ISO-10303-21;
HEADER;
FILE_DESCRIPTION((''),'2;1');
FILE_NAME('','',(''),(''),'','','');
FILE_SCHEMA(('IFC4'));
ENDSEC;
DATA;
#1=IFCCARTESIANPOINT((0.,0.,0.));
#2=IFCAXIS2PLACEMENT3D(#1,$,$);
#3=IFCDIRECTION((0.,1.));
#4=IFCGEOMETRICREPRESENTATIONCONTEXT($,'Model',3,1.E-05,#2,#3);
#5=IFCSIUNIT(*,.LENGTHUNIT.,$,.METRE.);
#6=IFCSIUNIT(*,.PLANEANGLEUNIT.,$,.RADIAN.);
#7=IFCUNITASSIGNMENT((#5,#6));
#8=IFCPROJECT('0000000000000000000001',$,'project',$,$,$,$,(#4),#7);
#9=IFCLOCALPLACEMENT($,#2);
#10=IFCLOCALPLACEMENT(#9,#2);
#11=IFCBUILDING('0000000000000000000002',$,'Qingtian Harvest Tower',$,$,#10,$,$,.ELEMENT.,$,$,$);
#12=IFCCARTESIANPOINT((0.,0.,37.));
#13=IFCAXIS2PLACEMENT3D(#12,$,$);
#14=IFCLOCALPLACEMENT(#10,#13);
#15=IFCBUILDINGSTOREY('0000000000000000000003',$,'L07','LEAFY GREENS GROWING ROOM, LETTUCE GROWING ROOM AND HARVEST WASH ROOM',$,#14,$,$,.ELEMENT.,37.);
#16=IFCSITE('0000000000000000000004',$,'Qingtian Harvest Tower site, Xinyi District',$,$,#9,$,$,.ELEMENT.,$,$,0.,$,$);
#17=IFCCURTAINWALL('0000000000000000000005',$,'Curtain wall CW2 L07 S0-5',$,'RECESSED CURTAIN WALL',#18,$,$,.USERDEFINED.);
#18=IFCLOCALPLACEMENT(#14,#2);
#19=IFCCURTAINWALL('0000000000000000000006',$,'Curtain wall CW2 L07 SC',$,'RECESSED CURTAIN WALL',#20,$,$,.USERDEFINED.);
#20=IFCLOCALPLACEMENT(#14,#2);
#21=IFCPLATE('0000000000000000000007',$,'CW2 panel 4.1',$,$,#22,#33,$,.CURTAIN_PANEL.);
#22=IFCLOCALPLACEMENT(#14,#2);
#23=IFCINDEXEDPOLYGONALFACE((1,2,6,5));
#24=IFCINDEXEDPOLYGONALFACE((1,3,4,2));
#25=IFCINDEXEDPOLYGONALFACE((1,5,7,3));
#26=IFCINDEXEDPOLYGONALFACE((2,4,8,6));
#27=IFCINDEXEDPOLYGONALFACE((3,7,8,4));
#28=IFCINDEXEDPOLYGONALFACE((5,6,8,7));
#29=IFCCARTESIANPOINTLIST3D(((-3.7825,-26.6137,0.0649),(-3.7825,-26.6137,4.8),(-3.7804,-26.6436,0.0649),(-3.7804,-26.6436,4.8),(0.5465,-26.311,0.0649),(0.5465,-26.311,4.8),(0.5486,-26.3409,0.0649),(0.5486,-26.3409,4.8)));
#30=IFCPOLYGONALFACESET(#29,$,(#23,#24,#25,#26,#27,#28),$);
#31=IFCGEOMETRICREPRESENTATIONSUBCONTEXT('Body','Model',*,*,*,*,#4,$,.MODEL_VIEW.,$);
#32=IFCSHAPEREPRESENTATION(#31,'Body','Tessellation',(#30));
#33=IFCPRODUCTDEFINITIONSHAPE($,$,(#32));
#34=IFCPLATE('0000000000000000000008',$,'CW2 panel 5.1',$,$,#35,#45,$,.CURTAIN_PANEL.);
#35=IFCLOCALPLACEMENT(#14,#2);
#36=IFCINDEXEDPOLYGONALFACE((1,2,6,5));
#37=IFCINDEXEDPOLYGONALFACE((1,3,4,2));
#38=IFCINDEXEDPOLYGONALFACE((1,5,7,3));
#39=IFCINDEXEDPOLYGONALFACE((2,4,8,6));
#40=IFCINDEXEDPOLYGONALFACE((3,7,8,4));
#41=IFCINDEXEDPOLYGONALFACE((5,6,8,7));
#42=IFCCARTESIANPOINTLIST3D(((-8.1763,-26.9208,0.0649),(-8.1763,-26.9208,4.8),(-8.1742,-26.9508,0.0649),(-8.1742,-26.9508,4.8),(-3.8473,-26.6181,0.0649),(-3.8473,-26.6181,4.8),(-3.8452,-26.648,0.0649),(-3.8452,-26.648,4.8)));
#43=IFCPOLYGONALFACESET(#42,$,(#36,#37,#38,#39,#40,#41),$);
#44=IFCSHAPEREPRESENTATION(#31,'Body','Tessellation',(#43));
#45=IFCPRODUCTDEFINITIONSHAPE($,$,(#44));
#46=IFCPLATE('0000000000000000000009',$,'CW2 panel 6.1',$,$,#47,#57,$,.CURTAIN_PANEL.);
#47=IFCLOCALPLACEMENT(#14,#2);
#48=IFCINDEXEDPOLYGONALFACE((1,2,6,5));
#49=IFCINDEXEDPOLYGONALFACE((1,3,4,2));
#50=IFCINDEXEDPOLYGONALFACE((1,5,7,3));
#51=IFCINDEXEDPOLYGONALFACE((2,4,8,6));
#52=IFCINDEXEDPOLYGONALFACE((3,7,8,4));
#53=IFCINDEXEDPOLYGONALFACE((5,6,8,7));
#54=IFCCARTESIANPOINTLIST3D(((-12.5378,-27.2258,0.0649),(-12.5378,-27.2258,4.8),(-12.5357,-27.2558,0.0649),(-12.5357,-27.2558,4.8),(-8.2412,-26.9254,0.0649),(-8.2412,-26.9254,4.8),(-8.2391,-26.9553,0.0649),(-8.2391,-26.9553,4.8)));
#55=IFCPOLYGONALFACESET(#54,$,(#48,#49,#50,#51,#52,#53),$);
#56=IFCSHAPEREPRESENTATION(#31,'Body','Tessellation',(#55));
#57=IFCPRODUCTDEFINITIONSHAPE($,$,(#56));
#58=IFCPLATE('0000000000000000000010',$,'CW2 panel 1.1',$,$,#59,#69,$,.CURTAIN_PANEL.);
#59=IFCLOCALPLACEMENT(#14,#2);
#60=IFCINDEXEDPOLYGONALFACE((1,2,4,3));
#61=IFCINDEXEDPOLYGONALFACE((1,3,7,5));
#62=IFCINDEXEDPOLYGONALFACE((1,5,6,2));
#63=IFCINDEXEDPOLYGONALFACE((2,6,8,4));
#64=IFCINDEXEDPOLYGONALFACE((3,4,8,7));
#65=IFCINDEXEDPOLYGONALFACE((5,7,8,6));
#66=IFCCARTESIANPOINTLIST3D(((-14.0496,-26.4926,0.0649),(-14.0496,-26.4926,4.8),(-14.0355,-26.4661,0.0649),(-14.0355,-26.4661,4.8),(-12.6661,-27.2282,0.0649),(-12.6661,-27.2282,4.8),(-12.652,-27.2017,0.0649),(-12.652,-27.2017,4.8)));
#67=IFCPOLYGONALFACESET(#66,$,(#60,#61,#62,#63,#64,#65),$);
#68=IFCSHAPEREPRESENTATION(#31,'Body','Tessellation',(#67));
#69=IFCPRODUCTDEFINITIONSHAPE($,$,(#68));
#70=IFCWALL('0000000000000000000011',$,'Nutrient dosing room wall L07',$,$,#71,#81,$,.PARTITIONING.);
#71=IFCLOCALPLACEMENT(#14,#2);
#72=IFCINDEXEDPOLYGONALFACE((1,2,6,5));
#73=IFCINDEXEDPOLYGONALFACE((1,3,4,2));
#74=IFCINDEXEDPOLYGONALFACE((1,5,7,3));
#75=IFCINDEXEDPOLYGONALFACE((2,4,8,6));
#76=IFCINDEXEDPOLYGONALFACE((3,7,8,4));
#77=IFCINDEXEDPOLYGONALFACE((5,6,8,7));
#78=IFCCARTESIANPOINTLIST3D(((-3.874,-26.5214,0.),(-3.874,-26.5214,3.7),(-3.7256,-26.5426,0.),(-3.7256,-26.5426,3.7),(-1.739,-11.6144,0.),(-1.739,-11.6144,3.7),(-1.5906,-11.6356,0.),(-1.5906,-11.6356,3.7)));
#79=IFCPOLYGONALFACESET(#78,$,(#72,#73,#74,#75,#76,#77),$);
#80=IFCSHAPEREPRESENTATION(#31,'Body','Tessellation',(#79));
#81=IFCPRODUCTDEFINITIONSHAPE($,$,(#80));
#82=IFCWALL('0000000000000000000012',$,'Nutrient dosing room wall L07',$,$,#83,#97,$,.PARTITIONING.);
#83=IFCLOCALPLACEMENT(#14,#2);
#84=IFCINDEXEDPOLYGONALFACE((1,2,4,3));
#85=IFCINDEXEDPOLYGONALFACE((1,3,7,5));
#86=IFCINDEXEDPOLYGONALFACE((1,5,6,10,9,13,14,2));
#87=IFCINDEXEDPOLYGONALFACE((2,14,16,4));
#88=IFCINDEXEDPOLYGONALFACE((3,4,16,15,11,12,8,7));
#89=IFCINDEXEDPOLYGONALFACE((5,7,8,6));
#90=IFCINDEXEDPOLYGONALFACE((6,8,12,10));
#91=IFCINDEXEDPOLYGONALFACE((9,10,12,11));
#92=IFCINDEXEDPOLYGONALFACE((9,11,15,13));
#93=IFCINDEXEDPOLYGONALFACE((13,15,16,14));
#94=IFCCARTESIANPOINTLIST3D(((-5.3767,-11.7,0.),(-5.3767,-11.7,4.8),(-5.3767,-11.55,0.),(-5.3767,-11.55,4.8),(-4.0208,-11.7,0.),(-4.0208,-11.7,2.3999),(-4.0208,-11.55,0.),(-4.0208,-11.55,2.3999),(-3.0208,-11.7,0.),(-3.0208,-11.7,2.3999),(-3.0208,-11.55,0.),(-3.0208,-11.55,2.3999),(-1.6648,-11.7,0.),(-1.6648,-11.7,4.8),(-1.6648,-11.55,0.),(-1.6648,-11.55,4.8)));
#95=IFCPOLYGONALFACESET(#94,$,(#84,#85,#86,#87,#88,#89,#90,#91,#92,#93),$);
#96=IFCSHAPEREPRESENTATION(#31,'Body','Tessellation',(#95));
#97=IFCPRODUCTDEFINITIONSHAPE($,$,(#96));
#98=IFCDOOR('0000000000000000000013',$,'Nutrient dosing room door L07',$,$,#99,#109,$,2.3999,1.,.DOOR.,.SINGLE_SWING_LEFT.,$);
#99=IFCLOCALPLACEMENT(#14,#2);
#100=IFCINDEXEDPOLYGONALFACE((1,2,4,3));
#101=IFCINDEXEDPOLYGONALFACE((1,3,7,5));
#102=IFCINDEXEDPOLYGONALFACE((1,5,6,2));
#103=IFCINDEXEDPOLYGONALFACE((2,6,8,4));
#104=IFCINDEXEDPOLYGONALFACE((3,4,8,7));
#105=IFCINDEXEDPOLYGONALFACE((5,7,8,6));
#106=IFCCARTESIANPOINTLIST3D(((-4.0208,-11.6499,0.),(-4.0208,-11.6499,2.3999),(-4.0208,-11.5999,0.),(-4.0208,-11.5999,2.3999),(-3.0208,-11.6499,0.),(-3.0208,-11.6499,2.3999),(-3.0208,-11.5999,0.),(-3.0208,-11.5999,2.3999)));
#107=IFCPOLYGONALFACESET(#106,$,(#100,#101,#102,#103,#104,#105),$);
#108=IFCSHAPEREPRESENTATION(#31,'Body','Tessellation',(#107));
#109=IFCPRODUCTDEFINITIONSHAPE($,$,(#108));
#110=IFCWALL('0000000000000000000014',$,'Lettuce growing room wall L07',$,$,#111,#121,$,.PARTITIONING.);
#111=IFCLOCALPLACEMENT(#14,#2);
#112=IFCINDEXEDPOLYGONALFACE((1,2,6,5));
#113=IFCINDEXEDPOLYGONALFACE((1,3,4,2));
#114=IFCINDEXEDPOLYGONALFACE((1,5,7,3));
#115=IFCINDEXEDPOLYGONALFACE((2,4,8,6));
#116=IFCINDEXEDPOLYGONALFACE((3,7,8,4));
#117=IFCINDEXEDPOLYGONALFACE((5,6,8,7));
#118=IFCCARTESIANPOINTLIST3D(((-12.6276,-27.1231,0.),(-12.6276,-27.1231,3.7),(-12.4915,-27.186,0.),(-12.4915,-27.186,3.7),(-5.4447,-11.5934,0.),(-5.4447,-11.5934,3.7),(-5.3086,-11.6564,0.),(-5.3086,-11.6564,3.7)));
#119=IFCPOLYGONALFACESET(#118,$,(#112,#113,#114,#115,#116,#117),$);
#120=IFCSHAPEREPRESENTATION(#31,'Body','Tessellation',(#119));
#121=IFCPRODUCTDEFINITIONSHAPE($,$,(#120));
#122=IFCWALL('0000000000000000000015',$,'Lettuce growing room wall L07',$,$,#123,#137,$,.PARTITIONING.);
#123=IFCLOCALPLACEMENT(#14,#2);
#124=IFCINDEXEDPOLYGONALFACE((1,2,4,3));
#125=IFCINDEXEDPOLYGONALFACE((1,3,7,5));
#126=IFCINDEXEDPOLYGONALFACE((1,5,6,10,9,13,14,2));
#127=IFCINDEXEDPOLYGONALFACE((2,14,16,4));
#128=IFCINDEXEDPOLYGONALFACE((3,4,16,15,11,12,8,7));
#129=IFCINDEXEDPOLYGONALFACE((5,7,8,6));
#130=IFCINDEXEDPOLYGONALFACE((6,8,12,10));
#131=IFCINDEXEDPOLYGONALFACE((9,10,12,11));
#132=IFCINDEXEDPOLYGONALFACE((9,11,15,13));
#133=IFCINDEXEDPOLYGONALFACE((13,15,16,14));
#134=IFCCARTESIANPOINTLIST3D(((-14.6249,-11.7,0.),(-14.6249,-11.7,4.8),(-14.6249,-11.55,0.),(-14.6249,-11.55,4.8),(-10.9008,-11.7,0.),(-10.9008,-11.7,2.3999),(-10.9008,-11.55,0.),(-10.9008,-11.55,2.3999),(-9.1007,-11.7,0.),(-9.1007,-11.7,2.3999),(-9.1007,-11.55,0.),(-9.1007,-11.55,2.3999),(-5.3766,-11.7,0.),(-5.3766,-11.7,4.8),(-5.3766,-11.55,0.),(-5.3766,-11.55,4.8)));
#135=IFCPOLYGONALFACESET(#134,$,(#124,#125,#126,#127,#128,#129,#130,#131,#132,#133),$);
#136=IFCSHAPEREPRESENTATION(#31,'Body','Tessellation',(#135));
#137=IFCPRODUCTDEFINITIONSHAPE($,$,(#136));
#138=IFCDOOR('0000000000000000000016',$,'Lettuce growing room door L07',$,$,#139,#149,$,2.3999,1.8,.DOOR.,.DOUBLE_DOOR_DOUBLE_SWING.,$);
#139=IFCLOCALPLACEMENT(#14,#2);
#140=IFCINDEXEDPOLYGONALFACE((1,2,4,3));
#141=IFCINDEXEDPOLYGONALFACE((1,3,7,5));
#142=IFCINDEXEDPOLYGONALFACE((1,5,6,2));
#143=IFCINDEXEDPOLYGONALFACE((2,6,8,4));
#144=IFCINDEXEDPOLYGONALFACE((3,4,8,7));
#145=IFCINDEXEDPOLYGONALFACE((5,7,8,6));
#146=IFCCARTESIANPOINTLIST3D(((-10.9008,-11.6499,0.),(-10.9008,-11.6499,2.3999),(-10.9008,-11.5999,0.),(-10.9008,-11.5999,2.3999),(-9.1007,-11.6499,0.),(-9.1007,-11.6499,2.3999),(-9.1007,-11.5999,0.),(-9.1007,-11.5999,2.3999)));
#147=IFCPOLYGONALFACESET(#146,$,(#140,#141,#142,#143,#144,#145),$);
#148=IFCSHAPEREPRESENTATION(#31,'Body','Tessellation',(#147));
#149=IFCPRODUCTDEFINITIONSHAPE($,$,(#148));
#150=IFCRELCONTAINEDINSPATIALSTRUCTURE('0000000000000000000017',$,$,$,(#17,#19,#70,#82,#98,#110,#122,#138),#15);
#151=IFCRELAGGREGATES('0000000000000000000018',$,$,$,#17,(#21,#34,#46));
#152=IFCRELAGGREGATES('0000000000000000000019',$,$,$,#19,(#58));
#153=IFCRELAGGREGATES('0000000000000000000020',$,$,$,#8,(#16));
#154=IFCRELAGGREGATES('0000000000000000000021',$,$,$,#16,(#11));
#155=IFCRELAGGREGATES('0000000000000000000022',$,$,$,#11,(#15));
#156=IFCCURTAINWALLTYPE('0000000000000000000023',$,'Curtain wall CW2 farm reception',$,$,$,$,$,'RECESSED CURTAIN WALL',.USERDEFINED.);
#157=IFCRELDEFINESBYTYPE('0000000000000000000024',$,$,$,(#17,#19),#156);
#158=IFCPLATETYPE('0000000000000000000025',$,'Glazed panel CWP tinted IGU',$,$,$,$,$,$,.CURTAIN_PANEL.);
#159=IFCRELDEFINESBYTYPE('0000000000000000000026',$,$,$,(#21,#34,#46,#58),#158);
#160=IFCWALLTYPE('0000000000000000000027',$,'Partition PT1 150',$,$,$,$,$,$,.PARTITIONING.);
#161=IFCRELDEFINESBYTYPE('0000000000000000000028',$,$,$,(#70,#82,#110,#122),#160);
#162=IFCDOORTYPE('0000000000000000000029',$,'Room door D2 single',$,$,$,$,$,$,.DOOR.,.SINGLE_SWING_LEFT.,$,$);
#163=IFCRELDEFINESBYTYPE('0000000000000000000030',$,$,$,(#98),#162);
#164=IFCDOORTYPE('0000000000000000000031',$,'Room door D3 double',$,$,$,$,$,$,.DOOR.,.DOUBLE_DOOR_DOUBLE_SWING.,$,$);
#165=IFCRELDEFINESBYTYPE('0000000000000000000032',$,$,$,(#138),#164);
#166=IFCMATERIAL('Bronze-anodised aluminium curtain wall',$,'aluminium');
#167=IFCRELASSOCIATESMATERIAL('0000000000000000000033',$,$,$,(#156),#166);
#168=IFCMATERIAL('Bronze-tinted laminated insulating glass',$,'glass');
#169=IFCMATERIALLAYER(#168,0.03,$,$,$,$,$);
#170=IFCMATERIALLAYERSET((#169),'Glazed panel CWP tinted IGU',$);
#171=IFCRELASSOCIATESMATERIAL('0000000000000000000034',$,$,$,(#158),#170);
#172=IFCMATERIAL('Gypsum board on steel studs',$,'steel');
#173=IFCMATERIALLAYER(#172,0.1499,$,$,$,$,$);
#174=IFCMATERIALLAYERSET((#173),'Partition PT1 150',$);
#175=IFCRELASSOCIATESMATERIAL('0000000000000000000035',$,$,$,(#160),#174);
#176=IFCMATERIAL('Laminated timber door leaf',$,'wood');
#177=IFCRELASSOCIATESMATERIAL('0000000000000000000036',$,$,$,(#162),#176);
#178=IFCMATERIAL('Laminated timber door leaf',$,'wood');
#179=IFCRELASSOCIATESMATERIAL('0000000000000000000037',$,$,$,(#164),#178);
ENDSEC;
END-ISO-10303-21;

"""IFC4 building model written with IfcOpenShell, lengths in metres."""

from ifc_helpers import new_model, si_unit, direction, frame, frame_2d, origin, origin_2d, place, context, subcontext, project, spatial, rectangle, extrude, material, layer, layer_set, type_object, element, fill, aggregate, save


model = new_model("IFC4")

# Units and contexts
model_context = context("Model", 3, precision=1e-05, world=origin(), true_north=direction((0.0, 1.0)))
body_context = subcontext(model_context, "Body", "Model", "MODEL_VIEW")
ifc_project = project(units=[si_unit("LENGTHUNIT", "METRE"), si_unit("PLANEANGLEUNIT", "RADIAN")], contexts=[model_context])

# Site, building, storey
site_placement = place(None, origin())
site = spatial("IfcSite", under=ifc_project, at=site_placement, Name="Qingtian Harvest Tower site, Xinyi District", CompositionType="ELEMENT", RefElevation=0.0)
building_placement = place(site_placement, origin())
building = spatial("IfcBuilding", under=site, at=building_placement, Name="Qingtian Harvest Tower", CompositionType="ELEMENT")
storey_placement = place(building_placement, frame((0.0, 0.0, 37.0)))
storey = spatial("IfcBuildingStorey", under=building, at=storey_placement, Name="L07", Description="LEAFY GREENS GROWING ROOM, LETTUCE GROWING ROOM AND HARVEST WASH ROOM", CompositionType="ELEMENT", Elevation=37.0)

# Curtain walls
ifc_material_1 = material(Name="Bronze-anodised aluminium curtain wall", Category="aluminium")
curtain_wall_type = type_object("IfcCurtainWallType", Name="Curtain wall CW2 farm reception", ElementType="RECESSED CURTAIN WALL", PredefinedType="USERDEFINED", material=ifc_material_1)
curtain_wall_1_placement = place(storey_placement, origin())
curtain_wall_1 = element("IfcCurtainWall", 1, at=curtain_wall_1_placement, inside=storey, type_object=curtain_wall_type, Name="Curtain wall CW2 L07 S0-5", ObjectType="RECESSED CURTAIN WALL", PredefinedType="USERDEFINED")
curtain_wall_2_placement = place(storey_placement, origin())
curtain_wall_2 = element("IfcCurtainWall", 2, at=curtain_wall_2_placement, inside=storey, type_object=curtain_wall_type, Name="Curtain wall CW2 L07 SC", ObjectType="RECESSED CURTAIN WALL", PredefinedType="USERDEFINED")

# Plates
ifc_material_2 = material(Name="Bronze-tinted laminated insulating glass", Category="glass")
ifc_layer_1 = layer(ifc_material_2, 0.03)
ifc_layer_set_1 = layer_set([ifc_layer_1], Name="Glazed panel CWP tinted IGU")
plate_type = type_object("IfcPlateType", Name="Glazed panel CWP tinted IGU", PredefinedType="CURTAIN_PANEL", material=ifc_layer_set_1)
plate_1_placement = place(storey_placement, frame((-1.6169, -26.4773, 0.0649), z_axis=(0.0, 0.0, 1.0), x_axis=(-0.997564, -0.069756, 0.0)))
plate_1 = element("IfcPlate", 3, at=plate_1_placement, type_object=plate_type, Name="CW2 panel 4.1", PredefinedType="CURTAIN_PANEL", context=body_context, shape_type="SweptSolid", body=[
    extrude(rectangle(XDim=4.3396, YDim=0.03, at=origin_2d()), origin(), (0.0, 0.0, 1.0), 4.7351),
])
plate_2_placement = place(storey_placement, frame((-6.0107, -26.7844, 0.0649), z_axis=(0.0, 0.0, 1.0), x_axis=(-0.997564, -0.069756, 0.0)))
plate_2 = element("IfcPlate", 4, at=plate_2_placement, type_object=plate_type, Name="CW2 panel 5.1", PredefinedType="CURTAIN_PANEL", context=body_context, shape_type="SweptSolid", body=[
    extrude(rectangle(XDim=4.3396, YDim=0.03, at=origin_2d()), origin(), (0.0, 0.0, 1.0), 4.7351),
])
plate_3_placement = place(storey_placement, frame((-10.3884, -27.0906, 0.0649), z_axis=(0.0, 0.0, 1.0), x_axis=(-0.997564, -0.069756, 0.0)))
plate_3 = element("IfcPlate", 5, at=plate_3_placement, type_object=plate_type, Name="CW2 panel 6.1", PredefinedType="CURTAIN_PANEL", context=body_context, shape_type="SweptSolid", body=[
    extrude(rectangle(XDim=4.3071, YDim=0.03, at=origin_2d()), origin(), (0.0, 0.0, 1.0), 4.7351),
])
aggregate(curtain_wall_1, [plate_1, plate_2, plate_3])
plate_4_placement = place(storey_placement, frame((-13.3508, -26.8472, 0.0649), z_axis=(0.0, 0.0, 1.0), x_axis=(-0.882948, 0.469472, 0.0)))
plate_4 = element("IfcPlate", 6, at=plate_4_placement, type_object=plate_type, Name="CW2 panel 1.1", PredefinedType="CURTAIN_PANEL", context=body_context, shape_type="SweptSolid", body=[
    extrude(rectangle(XDim=1.5669, YDim=0.03, at=origin_2d()), origin(), (0.0, 0.0, 1.0), 4.7351),
])
aggregate(curtain_wall_2, [plate_4])

# Wall
ifc_material_3 = material(Name="Gypsum board on steel studs", Category="steel")
ifc_layer_2 = layer(ifc_material_3, 0.1499)
ifc_layer_set_2 = layer_set([ifc_layer_2], Name="Partition PT1 150")
wall_type = type_object("IfcWallType", Name="Partition PT1 150", PredefinedType="PARTITIONING", material=ifc_layer_set_2)
wall_1_placement = place(storey_placement, frame((-3.7998, -26.532, 0.0), z_axis=(0.0, 0.0, 1.0), x_axis=(0.141775, 0.989899, 0.0)))
element("IfcWall", 7, at=wall_1_placement, inside=storey, type_object=wall_type, Name="Nutrient dosing room wall L07", PredefinedType="PARTITIONING", context=body_context, shape_type="SweptSolid", body=[
    extrude(rectangle(XDim=15.0591, YDim=0.1499, at=frame_2d((7.5295, 0.0))), origin(), (0.0, 0.0, 1.0), 3.7),
])

# Wall, opening, door
wall_2_placement = place(storey_placement, frame((-1.6648, -11.625, 0.0), z_axis=(0.0, 0.0, 1.0), x_axis=(-1.0, 0.0, 0.0)))
wall_2 = element("IfcWall", 8, at=wall_2_placement, inside=storey, type_object=wall_type, Name="Nutrient dosing room wall L07", PredefinedType="PARTITIONING", context=body_context, shape_type="SweptSolid", body=[
    extrude(rectangle(XDim=3.7119, YDim=0.1499, at=frame_2d((1.856, 0.0))), origin(), (0.0, 0.0, 1.0), 4.8),
])
opening_1_placement = place(wall_2_placement, frame((1.356, 0.0, 0.0)))
opening_1 = element("IfcOpeningElement", 9, at=opening_1_placement, cuts=wall_2, PredefinedType="OPENING", context=body_context, shape_type="SweptSolid", body=[
    extrude(rectangle(XDim=1.0, YDim=2.3999, at=frame_2d((0.5, 1.2))), frame((0.0, 0.085, 0.0), z_axis=(0.0, -1.0, 0.0), x_axis=(1.0, 0.0, 0.0)), (0.0, 0.0, 1.0), 0.1699),
])
ifc_material_4 = material(Name="Laminated timber door leaf", Category="wood")
door_type_1 = type_object("IfcDoorType", Name="Room door D2 single", OperationType="SINGLE_SWING_LEFT", PredefinedType="DOOR", material=ifc_material_4)
door_1_placement = place(opening_1_placement, origin())
door_1 = element("IfcDoor", 10, at=door_1_placement, inside=storey, type_object=door_type_1, Name="Nutrient dosing room door L07", OperationType="SINGLE_SWING_LEFT", OverallHeight=2.3999, OverallWidth=1.0, PredefinedType="DOOR", context=body_context, shape_type="SweptSolid", body=[
    extrude(rectangle(XDim=1.0, YDim=2.3999, at=frame_2d((0.5, 1.2))), frame((0.0, 0.0249, 0.0), z_axis=(0.0, -1.0, 0.0), x_axis=(1.0, 0.0, 0.0)), (0.0, 0.0, 1.0), 0.05),
])
fill(opening_1, door_1)

# Wall
wall_3_placement = place(storey_placement, frame((-12.5596, -27.1545, 0.0), z_axis=(0.0, 0.0, 1.0), x_axis=(0.419799, 0.907617, 0.0)))
element("IfcWall", 11, at=wall_3_placement, inside=storey, type_object=wall_type, Name="Lettuce growing room wall L07", PredefinedType="PARTITIONING", context=body_context, shape_type="SweptSolid", body=[
    extrude(rectangle(XDim=17.1104, YDim=0.1499, at=frame_2d((8.5552, 0.0))), origin(), (0.0, 0.0, 1.0), 3.7),
])

# Wall, opening, door
wall_4_placement = place(storey_placement, frame((-5.3767, -11.625, 0.0), z_axis=(0.0, 0.0, 1.0), x_axis=(-1.0, 0.0, 0.0)))
wall_4 = element("IfcWall", 12, at=wall_4_placement, inside=storey, type_object=wall_type, Name="Lettuce growing room wall L07", PredefinedType="PARTITIONING", context=body_context, shape_type="SweptSolid", body=[
    extrude(rectangle(XDim=9.2483, YDim=0.1499, at=frame_2d((4.624, 0.0))), origin(), (0.0, 0.0, 1.0), 4.8),
])
opening_2_placement = place(wall_4_placement, frame((3.7241, 0.0, 0.0)))
opening_2 = element("IfcOpeningElement", 13, at=opening_2_placement, cuts=wall_4, PredefinedType="OPENING", context=body_context, shape_type="SweptSolid", body=[
    extrude(rectangle(XDim=1.8, YDim=2.3999, at=frame_2d((0.8999, 1.2))), frame((0.0, 0.085, 0.0), z_axis=(0.0, -1.0, 0.0), x_axis=(1.0, 0.0, 0.0)), (0.0, 0.0, 1.0), 0.1699),
])
ifc_material_5 = material(Name="Laminated timber door leaf", Category="wood")
door_type_2 = type_object("IfcDoorType", Name="Room door D3 double", OperationType="DOUBLE_DOOR_DOUBLE_SWING", PredefinedType="DOOR", material=ifc_material_5)
door_2_placement = place(opening_2_placement, origin())
door_2 = element("IfcDoor", 14, at=door_2_placement, inside=storey, type_object=door_type_2, Name="Lettuce growing room door L07", OperationType="DOUBLE_DOOR_DOUBLE_SWING", OverallHeight=2.3999, OverallWidth=1.8, PredefinedType="DOOR", context=body_context, shape_type="SweptSolid", body=[
    extrude(rectangle(XDim=1.8, YDim=2.3999, at=frame_2d((0.8999, 1.2))), frame((0.0, 0.0249, 0.0), z_axis=(0.0, -1.0, 0.0), x_axis=(1.0, 0.0, 0.0)), (0.0, 0.0, 1.0), 0.05),
])
fill(opening_2, door_2)

save(model, "model.ifc")
